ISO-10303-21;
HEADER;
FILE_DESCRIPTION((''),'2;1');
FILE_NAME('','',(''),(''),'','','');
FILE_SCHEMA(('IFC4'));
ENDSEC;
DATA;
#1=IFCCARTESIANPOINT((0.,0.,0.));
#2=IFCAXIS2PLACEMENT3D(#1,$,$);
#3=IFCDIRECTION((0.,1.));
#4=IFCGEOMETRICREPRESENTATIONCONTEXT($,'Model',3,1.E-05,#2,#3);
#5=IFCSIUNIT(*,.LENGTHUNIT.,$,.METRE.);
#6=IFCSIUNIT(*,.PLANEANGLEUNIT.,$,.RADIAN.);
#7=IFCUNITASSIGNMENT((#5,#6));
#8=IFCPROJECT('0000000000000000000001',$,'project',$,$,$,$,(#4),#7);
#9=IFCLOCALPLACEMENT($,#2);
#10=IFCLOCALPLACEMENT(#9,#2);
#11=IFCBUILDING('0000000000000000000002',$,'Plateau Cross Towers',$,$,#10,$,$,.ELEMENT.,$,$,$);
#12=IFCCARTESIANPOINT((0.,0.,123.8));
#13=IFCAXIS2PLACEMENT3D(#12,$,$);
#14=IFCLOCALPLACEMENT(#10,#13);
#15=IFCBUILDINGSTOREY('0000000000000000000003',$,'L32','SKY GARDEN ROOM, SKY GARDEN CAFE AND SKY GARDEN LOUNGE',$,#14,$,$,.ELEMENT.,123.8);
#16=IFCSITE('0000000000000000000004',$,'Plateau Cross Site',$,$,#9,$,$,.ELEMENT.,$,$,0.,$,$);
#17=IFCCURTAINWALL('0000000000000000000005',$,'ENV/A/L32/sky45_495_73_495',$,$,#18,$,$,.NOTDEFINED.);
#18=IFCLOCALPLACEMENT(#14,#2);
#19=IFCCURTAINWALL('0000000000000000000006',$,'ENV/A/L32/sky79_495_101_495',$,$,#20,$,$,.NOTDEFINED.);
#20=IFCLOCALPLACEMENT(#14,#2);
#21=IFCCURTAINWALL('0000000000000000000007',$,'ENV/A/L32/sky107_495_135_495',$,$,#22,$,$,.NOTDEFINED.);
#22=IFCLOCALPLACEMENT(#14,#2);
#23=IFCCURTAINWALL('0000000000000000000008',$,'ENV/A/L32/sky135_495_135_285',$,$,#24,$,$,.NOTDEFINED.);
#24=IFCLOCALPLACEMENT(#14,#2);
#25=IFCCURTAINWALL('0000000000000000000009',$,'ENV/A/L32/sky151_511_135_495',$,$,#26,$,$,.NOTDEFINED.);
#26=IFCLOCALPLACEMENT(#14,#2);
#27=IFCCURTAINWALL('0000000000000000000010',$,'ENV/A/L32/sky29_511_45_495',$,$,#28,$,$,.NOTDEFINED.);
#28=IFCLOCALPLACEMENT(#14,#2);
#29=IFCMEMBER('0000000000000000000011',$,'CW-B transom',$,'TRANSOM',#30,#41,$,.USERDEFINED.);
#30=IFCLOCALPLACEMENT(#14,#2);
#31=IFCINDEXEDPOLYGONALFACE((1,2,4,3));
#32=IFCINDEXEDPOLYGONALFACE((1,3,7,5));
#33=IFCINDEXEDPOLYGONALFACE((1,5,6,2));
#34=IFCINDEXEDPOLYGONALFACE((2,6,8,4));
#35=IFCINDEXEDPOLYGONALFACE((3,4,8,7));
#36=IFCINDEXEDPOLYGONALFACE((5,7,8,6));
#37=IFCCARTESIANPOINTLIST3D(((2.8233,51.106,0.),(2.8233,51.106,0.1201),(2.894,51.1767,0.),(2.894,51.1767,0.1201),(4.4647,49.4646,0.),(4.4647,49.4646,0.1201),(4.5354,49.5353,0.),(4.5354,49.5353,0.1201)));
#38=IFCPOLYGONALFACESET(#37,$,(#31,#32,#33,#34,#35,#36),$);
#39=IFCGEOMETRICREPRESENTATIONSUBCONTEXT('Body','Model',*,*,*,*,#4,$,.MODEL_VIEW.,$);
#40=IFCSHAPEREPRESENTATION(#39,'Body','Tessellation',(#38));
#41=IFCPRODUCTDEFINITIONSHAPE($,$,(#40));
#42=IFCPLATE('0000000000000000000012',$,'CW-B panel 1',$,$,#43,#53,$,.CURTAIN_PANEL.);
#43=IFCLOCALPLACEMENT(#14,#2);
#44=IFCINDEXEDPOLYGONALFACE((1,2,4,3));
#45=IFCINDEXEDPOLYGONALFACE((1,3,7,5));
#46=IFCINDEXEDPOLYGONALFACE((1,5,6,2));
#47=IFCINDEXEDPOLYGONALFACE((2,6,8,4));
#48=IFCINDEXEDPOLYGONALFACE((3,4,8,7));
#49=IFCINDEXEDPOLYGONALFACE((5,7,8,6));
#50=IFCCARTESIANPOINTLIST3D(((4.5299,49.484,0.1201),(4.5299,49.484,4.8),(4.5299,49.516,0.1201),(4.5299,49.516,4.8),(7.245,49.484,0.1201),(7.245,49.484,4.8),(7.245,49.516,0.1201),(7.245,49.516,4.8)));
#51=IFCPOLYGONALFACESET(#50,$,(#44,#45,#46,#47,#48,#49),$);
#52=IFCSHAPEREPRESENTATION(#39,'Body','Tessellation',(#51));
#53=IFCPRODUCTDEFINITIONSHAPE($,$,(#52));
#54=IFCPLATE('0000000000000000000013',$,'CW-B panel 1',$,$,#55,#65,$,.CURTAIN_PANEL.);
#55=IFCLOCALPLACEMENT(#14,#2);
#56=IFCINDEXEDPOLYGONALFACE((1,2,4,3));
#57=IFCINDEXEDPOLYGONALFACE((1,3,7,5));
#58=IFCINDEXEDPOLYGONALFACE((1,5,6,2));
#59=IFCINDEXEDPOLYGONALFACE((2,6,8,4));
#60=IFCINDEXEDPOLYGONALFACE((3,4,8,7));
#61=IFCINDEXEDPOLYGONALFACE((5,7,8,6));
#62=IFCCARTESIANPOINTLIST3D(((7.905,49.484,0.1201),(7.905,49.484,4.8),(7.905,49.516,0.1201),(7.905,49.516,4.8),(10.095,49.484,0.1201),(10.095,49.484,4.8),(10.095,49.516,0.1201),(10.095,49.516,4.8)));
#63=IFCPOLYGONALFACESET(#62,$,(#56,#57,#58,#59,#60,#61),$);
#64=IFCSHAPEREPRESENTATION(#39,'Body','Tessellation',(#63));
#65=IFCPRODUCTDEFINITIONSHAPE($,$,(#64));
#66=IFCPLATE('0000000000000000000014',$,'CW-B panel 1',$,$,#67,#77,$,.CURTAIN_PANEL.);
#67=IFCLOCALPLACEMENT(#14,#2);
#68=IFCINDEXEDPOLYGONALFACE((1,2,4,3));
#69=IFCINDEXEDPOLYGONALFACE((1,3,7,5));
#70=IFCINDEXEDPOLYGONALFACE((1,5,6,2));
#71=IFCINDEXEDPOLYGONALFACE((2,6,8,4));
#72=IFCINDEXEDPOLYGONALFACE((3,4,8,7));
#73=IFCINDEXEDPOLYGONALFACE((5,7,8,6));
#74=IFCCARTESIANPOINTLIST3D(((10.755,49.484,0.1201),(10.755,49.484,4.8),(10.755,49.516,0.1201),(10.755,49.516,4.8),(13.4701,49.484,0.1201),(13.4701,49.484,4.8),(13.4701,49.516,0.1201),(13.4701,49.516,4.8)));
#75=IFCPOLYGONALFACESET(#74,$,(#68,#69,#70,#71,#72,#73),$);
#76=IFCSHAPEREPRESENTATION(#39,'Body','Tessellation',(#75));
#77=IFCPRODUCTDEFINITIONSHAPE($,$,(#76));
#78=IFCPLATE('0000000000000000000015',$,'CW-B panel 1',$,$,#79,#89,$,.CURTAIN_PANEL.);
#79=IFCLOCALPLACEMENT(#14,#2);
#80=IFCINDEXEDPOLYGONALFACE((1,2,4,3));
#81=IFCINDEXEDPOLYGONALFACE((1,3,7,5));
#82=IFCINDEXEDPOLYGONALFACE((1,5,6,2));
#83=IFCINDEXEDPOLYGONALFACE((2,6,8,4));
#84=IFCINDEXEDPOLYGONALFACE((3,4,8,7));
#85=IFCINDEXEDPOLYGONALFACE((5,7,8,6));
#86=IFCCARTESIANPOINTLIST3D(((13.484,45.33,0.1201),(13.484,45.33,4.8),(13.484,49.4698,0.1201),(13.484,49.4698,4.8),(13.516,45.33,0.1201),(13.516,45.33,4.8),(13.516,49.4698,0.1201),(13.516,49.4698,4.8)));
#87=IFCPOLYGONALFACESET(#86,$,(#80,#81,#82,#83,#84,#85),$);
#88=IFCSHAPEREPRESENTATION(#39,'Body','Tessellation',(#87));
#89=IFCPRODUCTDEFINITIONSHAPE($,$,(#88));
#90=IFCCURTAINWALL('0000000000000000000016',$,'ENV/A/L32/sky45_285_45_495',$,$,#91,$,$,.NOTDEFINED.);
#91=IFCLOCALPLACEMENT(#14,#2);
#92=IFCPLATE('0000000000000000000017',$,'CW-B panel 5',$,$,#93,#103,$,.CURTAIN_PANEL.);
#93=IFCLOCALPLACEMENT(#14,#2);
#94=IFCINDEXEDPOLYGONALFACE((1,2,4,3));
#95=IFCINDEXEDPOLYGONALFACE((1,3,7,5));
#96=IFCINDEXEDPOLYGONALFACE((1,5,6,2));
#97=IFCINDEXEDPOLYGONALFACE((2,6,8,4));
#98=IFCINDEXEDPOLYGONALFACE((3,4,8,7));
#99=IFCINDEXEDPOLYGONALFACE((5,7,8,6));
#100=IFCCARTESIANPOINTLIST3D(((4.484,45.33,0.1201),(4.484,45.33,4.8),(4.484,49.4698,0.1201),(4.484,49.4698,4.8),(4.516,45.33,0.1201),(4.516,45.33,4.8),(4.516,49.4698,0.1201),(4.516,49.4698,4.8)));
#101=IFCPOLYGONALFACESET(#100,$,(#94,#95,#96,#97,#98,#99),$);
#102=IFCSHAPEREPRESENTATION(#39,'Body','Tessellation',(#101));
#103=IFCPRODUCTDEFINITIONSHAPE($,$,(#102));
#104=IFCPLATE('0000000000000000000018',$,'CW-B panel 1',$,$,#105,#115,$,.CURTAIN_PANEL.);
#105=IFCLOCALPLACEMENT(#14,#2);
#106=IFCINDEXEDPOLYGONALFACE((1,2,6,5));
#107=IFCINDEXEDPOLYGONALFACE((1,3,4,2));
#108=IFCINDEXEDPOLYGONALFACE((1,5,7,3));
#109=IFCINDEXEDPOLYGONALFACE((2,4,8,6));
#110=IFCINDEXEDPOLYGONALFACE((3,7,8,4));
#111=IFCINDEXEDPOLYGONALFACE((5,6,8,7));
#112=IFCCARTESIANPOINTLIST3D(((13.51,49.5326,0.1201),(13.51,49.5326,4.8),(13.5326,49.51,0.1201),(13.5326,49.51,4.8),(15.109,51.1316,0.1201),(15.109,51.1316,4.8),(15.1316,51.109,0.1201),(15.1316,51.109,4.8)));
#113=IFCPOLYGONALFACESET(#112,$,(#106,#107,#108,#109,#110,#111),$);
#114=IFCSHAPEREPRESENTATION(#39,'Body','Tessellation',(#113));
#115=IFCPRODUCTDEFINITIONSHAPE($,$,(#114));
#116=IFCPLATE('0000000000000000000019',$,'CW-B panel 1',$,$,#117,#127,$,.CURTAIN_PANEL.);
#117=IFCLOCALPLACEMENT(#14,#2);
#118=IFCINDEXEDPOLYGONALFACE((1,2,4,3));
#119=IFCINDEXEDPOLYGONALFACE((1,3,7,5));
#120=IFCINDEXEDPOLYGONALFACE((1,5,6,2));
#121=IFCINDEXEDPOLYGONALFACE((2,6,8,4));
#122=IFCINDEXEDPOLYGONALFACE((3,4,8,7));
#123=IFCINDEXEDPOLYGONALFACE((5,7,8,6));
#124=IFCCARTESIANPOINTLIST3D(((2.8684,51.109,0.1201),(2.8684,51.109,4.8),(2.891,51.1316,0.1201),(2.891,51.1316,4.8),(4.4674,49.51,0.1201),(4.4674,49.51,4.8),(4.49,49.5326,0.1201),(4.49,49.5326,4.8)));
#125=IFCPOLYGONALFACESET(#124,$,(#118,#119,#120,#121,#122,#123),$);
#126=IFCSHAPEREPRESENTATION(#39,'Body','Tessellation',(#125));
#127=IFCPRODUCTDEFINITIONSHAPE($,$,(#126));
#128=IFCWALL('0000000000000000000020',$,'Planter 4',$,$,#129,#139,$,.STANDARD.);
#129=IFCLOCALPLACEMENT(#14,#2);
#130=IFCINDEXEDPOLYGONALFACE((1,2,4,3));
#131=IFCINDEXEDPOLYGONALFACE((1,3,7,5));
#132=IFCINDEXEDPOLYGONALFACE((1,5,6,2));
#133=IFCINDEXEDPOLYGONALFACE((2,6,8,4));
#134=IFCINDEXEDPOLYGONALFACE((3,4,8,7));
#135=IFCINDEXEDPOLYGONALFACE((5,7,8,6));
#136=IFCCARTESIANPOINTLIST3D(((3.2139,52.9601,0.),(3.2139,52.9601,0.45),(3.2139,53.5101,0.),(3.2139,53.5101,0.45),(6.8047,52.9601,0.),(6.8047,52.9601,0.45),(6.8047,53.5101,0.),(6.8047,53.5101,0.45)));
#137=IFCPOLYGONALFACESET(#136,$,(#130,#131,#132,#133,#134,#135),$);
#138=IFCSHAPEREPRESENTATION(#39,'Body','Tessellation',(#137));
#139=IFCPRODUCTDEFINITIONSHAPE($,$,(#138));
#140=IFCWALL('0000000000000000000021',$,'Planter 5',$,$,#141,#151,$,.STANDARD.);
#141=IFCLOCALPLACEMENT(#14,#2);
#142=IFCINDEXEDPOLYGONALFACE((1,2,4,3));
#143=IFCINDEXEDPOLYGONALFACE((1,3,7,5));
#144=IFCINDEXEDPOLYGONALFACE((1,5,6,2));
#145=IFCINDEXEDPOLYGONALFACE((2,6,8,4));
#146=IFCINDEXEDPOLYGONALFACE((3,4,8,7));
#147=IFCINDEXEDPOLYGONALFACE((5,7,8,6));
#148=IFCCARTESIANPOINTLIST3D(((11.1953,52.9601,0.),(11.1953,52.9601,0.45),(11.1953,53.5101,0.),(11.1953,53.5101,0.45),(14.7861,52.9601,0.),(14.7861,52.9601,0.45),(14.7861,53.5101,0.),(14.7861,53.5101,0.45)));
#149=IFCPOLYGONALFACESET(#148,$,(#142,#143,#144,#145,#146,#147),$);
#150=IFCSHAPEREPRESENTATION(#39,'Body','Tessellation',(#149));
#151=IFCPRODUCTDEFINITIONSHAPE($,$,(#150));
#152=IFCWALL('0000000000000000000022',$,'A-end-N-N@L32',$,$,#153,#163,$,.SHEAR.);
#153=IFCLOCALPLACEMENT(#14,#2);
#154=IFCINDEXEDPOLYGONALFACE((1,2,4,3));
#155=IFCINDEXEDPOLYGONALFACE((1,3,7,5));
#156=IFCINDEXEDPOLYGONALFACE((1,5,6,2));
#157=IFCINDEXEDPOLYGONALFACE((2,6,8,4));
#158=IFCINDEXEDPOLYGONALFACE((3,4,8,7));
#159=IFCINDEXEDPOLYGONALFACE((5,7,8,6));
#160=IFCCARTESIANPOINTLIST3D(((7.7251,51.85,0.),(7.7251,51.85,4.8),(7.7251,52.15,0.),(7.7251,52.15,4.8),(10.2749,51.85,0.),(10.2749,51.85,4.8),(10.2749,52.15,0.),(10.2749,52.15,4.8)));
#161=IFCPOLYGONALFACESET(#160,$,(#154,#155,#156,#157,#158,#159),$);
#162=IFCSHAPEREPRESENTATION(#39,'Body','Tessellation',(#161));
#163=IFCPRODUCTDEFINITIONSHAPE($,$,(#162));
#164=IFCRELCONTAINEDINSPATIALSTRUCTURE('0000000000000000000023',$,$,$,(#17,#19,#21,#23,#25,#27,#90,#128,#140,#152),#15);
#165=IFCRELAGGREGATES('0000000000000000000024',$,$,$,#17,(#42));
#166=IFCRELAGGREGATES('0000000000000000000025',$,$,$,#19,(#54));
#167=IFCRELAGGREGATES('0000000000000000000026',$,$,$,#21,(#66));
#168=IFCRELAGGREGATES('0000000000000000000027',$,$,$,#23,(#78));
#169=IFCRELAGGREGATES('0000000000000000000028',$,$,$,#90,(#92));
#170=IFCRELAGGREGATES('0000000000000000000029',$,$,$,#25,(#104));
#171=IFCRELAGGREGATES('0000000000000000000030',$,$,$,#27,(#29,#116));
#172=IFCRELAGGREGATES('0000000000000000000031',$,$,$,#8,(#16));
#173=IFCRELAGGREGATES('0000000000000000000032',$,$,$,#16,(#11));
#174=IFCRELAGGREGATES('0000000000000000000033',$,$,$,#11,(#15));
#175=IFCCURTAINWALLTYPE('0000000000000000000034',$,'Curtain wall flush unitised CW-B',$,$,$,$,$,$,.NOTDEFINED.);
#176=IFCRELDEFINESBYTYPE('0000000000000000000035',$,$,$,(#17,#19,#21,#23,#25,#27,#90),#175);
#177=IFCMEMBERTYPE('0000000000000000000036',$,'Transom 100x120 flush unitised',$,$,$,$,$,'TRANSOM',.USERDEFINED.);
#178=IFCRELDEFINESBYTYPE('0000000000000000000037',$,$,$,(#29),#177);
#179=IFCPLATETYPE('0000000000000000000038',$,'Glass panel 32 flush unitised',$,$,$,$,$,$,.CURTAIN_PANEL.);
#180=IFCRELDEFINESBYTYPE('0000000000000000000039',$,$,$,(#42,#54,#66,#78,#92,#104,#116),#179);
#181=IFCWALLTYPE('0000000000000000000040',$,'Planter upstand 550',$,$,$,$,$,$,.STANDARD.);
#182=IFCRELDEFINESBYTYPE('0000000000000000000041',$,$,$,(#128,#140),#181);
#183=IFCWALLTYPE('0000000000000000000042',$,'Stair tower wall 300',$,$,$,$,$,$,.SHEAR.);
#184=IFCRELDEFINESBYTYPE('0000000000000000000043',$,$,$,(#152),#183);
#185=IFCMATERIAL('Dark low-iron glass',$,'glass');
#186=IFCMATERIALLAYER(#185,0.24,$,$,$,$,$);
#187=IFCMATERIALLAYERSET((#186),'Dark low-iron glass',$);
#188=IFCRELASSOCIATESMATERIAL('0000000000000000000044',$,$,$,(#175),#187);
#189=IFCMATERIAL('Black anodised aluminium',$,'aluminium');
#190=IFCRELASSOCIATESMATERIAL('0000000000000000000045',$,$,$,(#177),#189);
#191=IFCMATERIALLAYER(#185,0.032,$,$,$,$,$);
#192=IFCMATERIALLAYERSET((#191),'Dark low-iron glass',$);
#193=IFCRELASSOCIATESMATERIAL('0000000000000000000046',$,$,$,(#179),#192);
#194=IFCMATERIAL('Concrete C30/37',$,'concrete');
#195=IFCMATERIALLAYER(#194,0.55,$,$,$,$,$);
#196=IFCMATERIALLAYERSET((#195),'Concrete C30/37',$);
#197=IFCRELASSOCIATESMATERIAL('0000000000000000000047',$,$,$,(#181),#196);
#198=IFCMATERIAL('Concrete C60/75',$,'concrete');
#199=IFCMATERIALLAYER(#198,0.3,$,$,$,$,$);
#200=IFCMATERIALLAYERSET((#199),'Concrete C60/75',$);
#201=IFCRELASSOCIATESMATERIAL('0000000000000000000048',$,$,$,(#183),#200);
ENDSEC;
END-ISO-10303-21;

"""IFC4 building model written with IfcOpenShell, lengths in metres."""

from ifc_helpers import new_model, si_unit, direction, frame, frame_2d, origin, origin_2d, place, context, subcontext, project, spatial, rectangle, extrude, material, layer, layer_set, material_profile, profile_set, type_object, element, aggregate, save


model = new_model("IFC4")

# Units and contexts
model_context = context("Model", 3, precision=1e-05, world=origin(), true_north=direction((0.0, 1.0)))
body_context = subcontext(model_context, "Body", "Model", "MODEL_VIEW")
ifc_project = project(units=[si_unit("LENGTHUNIT", "METRE"), si_unit("PLANEANGLEUNIT", "RADIAN")], contexts=[model_context])

# Site, building, storey
site_placement = place(None, origin())
site = spatial("IfcSite", under=ifc_project, at=site_placement, Name="Plateau Cross Site", CompositionType="ELEMENT", RefElevation=0.0)
building_placement = place(site_placement, origin())
building = spatial("IfcBuilding", under=site, at=building_placement, Name="Plateau Cross Towers", CompositionType="ELEMENT")
storey_placement = place(building_placement, frame((0.0, 0.0, 123.8)))
storey = spatial("IfcBuildingStorey", under=building, at=storey_placement, Name="L32", Description="SKY GARDEN ROOM, SKY GARDEN CAFE AND SKY GARDEN LOUNGE", CompositionType="ELEMENT", Elevation=123.8)

# Shared definitions
ifc_material_1 = material(Name="Concrete C60/75", Category="concrete")

# Curtain walls
ifc_material_2 = material(Name="Dark low-iron glass", Category="glass")
ifc_layer_1 = layer(ifc_material_2, 0.24)
ifc_layer_set_1 = layer_set([ifc_layer_1], Name="Dark low-iron glass")
curtain_wall_type = type_object("IfcCurtainWallType", Name="Curtain wall flush unitised CW-B", PredefinedType="NOTDEFINED", material=ifc_layer_set_1)
curtain_wall_1_placement = place(storey_placement, origin())
curtain_wall_1 = element("IfcCurtainWall", 1, at=curtain_wall_1_placement, inside=storey, type_object=curtain_wall_type, Name="ENV/A/L32/sky45_495_73_495", PredefinedType="NOTDEFINED")
ifc_material_3 = material(Name="Black anodised aluminium", Category="aluminium")
curtain_wall_2_placement = place(storey_placement, origin())
curtain_wall_2 = element("IfcCurtainWall", 2, at=curtain_wall_2_placement, inside=storey, type_object=curtain_wall_type, Name="ENV/A/L32/sky79_495_101_495", PredefinedType="NOTDEFINED")

# Curtain walls
curtain_wall_3_placement = place(storey_placement, origin())
curtain_wall_3 = element("IfcCurtainWall", 3, at=curtain_wall_3_placement, inside=storey, type_object=curtain_wall_type, Name="ENV/A/L32/sky107_495_135_495", PredefinedType="NOTDEFINED")
curtain_wall_4_placement = place(storey_placement, origin())
curtain_wall_4 = element("IfcCurtainWall", 4, at=curtain_wall_4_placement, inside=storey, type_object=curtain_wall_type, Name="ENV/A/L32/sky135_495_135_285", PredefinedType="NOTDEFINED")
curtain_wall_5_placement = place(storey_placement, origin())
curtain_wall_5 = element("IfcCurtainWall", 5, at=curtain_wall_5_placement, inside=storey, type_object=curtain_wall_type, Name="ENV/A/L32/sky151_511_135_495", PredefinedType="NOTDEFINED")
curtain_wall_6_placement = place(storey_placement, origin())
curtain_wall_6 = element("IfcCurtainWall", 6, at=curtain_wall_6_placement, inside=storey, type_object=curtain_wall_type, Name="ENV/A/L32/sky29_511_45_495", PredefinedType="NOTDEFINED")

# Member
ifc_material_profile_1 = material_profile(ifc_material_3, rectangle(XDim=0.1001, YDim=0.1201, at=origin_2d()), Name="TRANSOM 100x120")
ifc_profile_set_1 = profile_set([ifc_material_profile_1], Name="Black anodised aluminium")
member_type_1 = type_object("IfcMemberType", Name="Transom 100x120 flush unitised", ElementType="TRANSOM", PredefinedType="USERDEFINED", material=ifc_profile_set_1)
member_1_placement = place(storey_placement, frame((2.8586, 51.1414, 0.0601), z_axis=(0.707107, -0.707107, 0.0), x_axis=(0.707107, 0.707107, 0.0)))
member_1 = element("IfcMember", 7, at=member_1_placement, type_object=member_type_1, Name="CW-B transom", ObjectType="TRANSOM", PredefinedType="USERDEFINED", context=body_context, shape_type="SweptSolid", body=[
    extrude(rectangle(XDim=0.1001, YDim=0.1201, at=origin_2d()), origin(), (0.0, 0.0, 1.0), 2.3213),
])

# Plates
ifc_layer_2 = layer(ifc_material_2, 0.032)
ifc_layer_set_2 = layer_set([ifc_layer_2], Name="Dark low-iron glass")
plate_type = type_object("IfcPlateType", Name="Glass panel 32 flush unitised", PredefinedType="CURTAIN_PANEL", material=ifc_layer_set_2)
plate_1_placement = place(storey_placement, frame((5.8875, 49.5, 0.1201), z_axis=(0.0, 0.0, 1.0), x_axis=(1.0, 0.0, 0.0)))
plate_1 = element("IfcPlate", 8, at=plate_1_placement, type_object=plate_type, Name="CW-B panel 1", PredefinedType="CURTAIN_PANEL", context=body_context, shape_type="SweptSolid", body=[
    extrude(rectangle(XDim=2.7151, YDim=0.032, at=origin_2d()), origin(), (0.0, 0.0, 1.0), 4.6799),
])
aggregate(curtain_wall_1, [plate_1])
plate_2_placement = place(storey_placement, frame((9.0, 49.5, 0.1201), z_axis=(0.0, 0.0, 1.0), x_axis=(1.0, 0.0, 0.0)))
plate_2 = element("IfcPlate", 9, at=plate_2_placement, type_object=plate_type, Name="CW-B panel 1", PredefinedType="CURTAIN_PANEL", context=body_context, shape_type="SweptSolid", body=[
    extrude(rectangle(XDim=2.1899, YDim=0.032, at=origin_2d()), origin(), (0.0, 0.0, 1.0), 4.6799),
])
aggregate(curtain_wall_2, [plate_2])
plate_3_placement = place(storey_placement, frame((12.1125, 49.5, 0.1201), z_axis=(0.0, 0.0, 1.0), x_axis=(1.0, 0.0, 0.0)))
plate_3 = element("IfcPlate", 10, at=plate_3_placement, type_object=plate_type, Name="CW-B panel 1", PredefinedType="CURTAIN_PANEL", context=body_context, shape_type="SweptSolid", body=[
    extrude(rectangle(XDim=2.7151, YDim=0.032, at=origin_2d()), origin(), (0.0, 0.0, 1.0), 4.6799),
])
aggregate(curtain_wall_3, [plate_3])
plate_4_placement = place(storey_placement, frame((13.5, 47.3999, 0.1201), z_axis=(0.0, 0.0, 1.0), x_axis=(0.0, -1.0, 0.0)))
plate_4 = element("IfcPlate", 11, at=plate_4_placement, type_object=plate_type, Name="CW-B panel 1", PredefinedType="CURTAIN_PANEL", context=body_context, shape_type="SweptSolid", body=[
    extrude(rectangle(XDim=4.1399, YDim=0.032, at=origin_2d()), origin(), (0.0, 0.0, 1.0), 4.6799),
])
aggregate(curtain_wall_4, [plate_4])

# Curtain wall, plate
curtain_wall_7_placement = place(storey_placement, origin())
curtain_wall_7 = element("IfcCurtainWall", 12, at=curtain_wall_7_placement, inside=storey, type_object=curtain_wall_type, Name="ENV/A/L32/sky45_285_45_495", PredefinedType="NOTDEFINED")
plate_5_placement = place(storey_placement, frame((4.5, 47.3999, 0.1201), z_axis=(0.0, 0.0, 1.0), x_axis=(0.0, 1.0, 0.0)))
plate_5 = element("IfcPlate", 13, at=plate_5_placement, type_object=plate_type, Name="CW-B panel 5", PredefinedType="CURTAIN_PANEL", context=body_context, shape_type="SweptSolid", body=[
    extrude(rectangle(XDim=4.1399, YDim=0.032, at=origin_2d()), origin(), (0.0, 0.0, 1.0), 4.6799),
])
aggregate(curtain_wall_7, [plate_5])

# Plates
plate_6_placement = place(storey_placement, frame((14.3208, 50.3208, 0.1201), z_axis=(0.0, 0.0, 1.0), x_axis=(-0.707107, -0.707107, 0.0)))
plate_6 = element("IfcPlate", 14, at=plate_6_placement, type_object=plate_type, Name="CW-B panel 1", PredefinedType="CURTAIN_PANEL", context=body_context, shape_type="SweptSolid", body=[
    extrude(rectangle(XDim=2.2612, YDim=0.032, at=origin_2d()), origin(), (0.0, 0.0, 1.0), 4.6799),
])
aggregate(curtain_wall_5, [plate_6])
plate_7_placement = place(storey_placement, frame((3.6792, 50.3208, 0.1201), z_axis=(0.0, 0.0, 1.0), x_axis=(0.707107, -0.707107, 0.0)))
plate_7 = element("IfcPlate", 15, at=plate_7_placement, type_object=plate_type, Name="CW-B panel 1", PredefinedType="CURTAIN_PANEL", context=body_context, shape_type="SweptSolid", body=[
    extrude(rectangle(XDim=2.2612, YDim=0.032, at=origin_2d()), origin(), (0.0, 0.0, 1.0), 4.6799),
])
aggregate(curtain_wall_6, [member_1, plate_7])

# Walls
ifc_material_4 = material(Name="Concrete C30/37", Category="concrete")
ifc_layer_3 = layer(ifc_material_4, 0.55)
ifc_layer_set_3 = layer_set([ifc_layer_3], Name="Concrete C30/37")
wall_type_1 = type_object("IfcWallType", Name="Planter upstand 550", PredefinedType="STANDARD", material=ifc_layer_set_3)
for number, where, z_axis, x_axis, name in (
    (16, (3.2139, 53.2351, 0.0), (0.0, 0.0, 1.0), (1.0, 0.0, 0.0), "Planter 4"),
    (17, (11.1953, 53.2351, 0.0), (0.0, 0.0, 1.0), (1.0, 0.0, 0.0), "Planter 5"),
):
    element("IfcWall", number, at=place(storey_placement, frame(where, z_axis=z_axis, x_axis=x_axis)), inside=storey, type_object=wall_type_1, Name=name, PredefinedType="STANDARD", context=body_context, shape_type="SweptSolid", body=[
        extrude(rectangle(XDim=3.5908, YDim=0.55, at=frame_2d((1.7954, 0.0))), origin(), (0.0, 0.0, 1.0), 0.45),
    ])
ifc_layer_4 = layer(ifc_material_1, 0.3)
ifc_layer_set_4 = layer_set([ifc_layer_4], Name="Concrete C60/75")
wall_type_2 = type_object("IfcWallType", Name="Stair tower wall 300", PredefinedType="SHEAR", material=ifc_layer_set_4)
wall_placement = place(storey_placement, frame((7.7251, 52.0, 0.0), z_axis=(0.0, 0.0, 1.0), x_axis=(1.0, 0.0, 0.0)))
element("IfcWall", 18, at=wall_placement, inside=storey, type_object=wall_type_2, Name="A-end-N-N@L32", PredefinedType="SHEAR", context=body_context, shape_type="SweptSolid", body=[
    extrude(rectangle(XDim=2.5498, YDim=0.3, at=frame_2d((1.2749, 0.0))), origin(), (0.0, 0.0, 1.0), 4.8),
])

save(model, "model.ifc")
